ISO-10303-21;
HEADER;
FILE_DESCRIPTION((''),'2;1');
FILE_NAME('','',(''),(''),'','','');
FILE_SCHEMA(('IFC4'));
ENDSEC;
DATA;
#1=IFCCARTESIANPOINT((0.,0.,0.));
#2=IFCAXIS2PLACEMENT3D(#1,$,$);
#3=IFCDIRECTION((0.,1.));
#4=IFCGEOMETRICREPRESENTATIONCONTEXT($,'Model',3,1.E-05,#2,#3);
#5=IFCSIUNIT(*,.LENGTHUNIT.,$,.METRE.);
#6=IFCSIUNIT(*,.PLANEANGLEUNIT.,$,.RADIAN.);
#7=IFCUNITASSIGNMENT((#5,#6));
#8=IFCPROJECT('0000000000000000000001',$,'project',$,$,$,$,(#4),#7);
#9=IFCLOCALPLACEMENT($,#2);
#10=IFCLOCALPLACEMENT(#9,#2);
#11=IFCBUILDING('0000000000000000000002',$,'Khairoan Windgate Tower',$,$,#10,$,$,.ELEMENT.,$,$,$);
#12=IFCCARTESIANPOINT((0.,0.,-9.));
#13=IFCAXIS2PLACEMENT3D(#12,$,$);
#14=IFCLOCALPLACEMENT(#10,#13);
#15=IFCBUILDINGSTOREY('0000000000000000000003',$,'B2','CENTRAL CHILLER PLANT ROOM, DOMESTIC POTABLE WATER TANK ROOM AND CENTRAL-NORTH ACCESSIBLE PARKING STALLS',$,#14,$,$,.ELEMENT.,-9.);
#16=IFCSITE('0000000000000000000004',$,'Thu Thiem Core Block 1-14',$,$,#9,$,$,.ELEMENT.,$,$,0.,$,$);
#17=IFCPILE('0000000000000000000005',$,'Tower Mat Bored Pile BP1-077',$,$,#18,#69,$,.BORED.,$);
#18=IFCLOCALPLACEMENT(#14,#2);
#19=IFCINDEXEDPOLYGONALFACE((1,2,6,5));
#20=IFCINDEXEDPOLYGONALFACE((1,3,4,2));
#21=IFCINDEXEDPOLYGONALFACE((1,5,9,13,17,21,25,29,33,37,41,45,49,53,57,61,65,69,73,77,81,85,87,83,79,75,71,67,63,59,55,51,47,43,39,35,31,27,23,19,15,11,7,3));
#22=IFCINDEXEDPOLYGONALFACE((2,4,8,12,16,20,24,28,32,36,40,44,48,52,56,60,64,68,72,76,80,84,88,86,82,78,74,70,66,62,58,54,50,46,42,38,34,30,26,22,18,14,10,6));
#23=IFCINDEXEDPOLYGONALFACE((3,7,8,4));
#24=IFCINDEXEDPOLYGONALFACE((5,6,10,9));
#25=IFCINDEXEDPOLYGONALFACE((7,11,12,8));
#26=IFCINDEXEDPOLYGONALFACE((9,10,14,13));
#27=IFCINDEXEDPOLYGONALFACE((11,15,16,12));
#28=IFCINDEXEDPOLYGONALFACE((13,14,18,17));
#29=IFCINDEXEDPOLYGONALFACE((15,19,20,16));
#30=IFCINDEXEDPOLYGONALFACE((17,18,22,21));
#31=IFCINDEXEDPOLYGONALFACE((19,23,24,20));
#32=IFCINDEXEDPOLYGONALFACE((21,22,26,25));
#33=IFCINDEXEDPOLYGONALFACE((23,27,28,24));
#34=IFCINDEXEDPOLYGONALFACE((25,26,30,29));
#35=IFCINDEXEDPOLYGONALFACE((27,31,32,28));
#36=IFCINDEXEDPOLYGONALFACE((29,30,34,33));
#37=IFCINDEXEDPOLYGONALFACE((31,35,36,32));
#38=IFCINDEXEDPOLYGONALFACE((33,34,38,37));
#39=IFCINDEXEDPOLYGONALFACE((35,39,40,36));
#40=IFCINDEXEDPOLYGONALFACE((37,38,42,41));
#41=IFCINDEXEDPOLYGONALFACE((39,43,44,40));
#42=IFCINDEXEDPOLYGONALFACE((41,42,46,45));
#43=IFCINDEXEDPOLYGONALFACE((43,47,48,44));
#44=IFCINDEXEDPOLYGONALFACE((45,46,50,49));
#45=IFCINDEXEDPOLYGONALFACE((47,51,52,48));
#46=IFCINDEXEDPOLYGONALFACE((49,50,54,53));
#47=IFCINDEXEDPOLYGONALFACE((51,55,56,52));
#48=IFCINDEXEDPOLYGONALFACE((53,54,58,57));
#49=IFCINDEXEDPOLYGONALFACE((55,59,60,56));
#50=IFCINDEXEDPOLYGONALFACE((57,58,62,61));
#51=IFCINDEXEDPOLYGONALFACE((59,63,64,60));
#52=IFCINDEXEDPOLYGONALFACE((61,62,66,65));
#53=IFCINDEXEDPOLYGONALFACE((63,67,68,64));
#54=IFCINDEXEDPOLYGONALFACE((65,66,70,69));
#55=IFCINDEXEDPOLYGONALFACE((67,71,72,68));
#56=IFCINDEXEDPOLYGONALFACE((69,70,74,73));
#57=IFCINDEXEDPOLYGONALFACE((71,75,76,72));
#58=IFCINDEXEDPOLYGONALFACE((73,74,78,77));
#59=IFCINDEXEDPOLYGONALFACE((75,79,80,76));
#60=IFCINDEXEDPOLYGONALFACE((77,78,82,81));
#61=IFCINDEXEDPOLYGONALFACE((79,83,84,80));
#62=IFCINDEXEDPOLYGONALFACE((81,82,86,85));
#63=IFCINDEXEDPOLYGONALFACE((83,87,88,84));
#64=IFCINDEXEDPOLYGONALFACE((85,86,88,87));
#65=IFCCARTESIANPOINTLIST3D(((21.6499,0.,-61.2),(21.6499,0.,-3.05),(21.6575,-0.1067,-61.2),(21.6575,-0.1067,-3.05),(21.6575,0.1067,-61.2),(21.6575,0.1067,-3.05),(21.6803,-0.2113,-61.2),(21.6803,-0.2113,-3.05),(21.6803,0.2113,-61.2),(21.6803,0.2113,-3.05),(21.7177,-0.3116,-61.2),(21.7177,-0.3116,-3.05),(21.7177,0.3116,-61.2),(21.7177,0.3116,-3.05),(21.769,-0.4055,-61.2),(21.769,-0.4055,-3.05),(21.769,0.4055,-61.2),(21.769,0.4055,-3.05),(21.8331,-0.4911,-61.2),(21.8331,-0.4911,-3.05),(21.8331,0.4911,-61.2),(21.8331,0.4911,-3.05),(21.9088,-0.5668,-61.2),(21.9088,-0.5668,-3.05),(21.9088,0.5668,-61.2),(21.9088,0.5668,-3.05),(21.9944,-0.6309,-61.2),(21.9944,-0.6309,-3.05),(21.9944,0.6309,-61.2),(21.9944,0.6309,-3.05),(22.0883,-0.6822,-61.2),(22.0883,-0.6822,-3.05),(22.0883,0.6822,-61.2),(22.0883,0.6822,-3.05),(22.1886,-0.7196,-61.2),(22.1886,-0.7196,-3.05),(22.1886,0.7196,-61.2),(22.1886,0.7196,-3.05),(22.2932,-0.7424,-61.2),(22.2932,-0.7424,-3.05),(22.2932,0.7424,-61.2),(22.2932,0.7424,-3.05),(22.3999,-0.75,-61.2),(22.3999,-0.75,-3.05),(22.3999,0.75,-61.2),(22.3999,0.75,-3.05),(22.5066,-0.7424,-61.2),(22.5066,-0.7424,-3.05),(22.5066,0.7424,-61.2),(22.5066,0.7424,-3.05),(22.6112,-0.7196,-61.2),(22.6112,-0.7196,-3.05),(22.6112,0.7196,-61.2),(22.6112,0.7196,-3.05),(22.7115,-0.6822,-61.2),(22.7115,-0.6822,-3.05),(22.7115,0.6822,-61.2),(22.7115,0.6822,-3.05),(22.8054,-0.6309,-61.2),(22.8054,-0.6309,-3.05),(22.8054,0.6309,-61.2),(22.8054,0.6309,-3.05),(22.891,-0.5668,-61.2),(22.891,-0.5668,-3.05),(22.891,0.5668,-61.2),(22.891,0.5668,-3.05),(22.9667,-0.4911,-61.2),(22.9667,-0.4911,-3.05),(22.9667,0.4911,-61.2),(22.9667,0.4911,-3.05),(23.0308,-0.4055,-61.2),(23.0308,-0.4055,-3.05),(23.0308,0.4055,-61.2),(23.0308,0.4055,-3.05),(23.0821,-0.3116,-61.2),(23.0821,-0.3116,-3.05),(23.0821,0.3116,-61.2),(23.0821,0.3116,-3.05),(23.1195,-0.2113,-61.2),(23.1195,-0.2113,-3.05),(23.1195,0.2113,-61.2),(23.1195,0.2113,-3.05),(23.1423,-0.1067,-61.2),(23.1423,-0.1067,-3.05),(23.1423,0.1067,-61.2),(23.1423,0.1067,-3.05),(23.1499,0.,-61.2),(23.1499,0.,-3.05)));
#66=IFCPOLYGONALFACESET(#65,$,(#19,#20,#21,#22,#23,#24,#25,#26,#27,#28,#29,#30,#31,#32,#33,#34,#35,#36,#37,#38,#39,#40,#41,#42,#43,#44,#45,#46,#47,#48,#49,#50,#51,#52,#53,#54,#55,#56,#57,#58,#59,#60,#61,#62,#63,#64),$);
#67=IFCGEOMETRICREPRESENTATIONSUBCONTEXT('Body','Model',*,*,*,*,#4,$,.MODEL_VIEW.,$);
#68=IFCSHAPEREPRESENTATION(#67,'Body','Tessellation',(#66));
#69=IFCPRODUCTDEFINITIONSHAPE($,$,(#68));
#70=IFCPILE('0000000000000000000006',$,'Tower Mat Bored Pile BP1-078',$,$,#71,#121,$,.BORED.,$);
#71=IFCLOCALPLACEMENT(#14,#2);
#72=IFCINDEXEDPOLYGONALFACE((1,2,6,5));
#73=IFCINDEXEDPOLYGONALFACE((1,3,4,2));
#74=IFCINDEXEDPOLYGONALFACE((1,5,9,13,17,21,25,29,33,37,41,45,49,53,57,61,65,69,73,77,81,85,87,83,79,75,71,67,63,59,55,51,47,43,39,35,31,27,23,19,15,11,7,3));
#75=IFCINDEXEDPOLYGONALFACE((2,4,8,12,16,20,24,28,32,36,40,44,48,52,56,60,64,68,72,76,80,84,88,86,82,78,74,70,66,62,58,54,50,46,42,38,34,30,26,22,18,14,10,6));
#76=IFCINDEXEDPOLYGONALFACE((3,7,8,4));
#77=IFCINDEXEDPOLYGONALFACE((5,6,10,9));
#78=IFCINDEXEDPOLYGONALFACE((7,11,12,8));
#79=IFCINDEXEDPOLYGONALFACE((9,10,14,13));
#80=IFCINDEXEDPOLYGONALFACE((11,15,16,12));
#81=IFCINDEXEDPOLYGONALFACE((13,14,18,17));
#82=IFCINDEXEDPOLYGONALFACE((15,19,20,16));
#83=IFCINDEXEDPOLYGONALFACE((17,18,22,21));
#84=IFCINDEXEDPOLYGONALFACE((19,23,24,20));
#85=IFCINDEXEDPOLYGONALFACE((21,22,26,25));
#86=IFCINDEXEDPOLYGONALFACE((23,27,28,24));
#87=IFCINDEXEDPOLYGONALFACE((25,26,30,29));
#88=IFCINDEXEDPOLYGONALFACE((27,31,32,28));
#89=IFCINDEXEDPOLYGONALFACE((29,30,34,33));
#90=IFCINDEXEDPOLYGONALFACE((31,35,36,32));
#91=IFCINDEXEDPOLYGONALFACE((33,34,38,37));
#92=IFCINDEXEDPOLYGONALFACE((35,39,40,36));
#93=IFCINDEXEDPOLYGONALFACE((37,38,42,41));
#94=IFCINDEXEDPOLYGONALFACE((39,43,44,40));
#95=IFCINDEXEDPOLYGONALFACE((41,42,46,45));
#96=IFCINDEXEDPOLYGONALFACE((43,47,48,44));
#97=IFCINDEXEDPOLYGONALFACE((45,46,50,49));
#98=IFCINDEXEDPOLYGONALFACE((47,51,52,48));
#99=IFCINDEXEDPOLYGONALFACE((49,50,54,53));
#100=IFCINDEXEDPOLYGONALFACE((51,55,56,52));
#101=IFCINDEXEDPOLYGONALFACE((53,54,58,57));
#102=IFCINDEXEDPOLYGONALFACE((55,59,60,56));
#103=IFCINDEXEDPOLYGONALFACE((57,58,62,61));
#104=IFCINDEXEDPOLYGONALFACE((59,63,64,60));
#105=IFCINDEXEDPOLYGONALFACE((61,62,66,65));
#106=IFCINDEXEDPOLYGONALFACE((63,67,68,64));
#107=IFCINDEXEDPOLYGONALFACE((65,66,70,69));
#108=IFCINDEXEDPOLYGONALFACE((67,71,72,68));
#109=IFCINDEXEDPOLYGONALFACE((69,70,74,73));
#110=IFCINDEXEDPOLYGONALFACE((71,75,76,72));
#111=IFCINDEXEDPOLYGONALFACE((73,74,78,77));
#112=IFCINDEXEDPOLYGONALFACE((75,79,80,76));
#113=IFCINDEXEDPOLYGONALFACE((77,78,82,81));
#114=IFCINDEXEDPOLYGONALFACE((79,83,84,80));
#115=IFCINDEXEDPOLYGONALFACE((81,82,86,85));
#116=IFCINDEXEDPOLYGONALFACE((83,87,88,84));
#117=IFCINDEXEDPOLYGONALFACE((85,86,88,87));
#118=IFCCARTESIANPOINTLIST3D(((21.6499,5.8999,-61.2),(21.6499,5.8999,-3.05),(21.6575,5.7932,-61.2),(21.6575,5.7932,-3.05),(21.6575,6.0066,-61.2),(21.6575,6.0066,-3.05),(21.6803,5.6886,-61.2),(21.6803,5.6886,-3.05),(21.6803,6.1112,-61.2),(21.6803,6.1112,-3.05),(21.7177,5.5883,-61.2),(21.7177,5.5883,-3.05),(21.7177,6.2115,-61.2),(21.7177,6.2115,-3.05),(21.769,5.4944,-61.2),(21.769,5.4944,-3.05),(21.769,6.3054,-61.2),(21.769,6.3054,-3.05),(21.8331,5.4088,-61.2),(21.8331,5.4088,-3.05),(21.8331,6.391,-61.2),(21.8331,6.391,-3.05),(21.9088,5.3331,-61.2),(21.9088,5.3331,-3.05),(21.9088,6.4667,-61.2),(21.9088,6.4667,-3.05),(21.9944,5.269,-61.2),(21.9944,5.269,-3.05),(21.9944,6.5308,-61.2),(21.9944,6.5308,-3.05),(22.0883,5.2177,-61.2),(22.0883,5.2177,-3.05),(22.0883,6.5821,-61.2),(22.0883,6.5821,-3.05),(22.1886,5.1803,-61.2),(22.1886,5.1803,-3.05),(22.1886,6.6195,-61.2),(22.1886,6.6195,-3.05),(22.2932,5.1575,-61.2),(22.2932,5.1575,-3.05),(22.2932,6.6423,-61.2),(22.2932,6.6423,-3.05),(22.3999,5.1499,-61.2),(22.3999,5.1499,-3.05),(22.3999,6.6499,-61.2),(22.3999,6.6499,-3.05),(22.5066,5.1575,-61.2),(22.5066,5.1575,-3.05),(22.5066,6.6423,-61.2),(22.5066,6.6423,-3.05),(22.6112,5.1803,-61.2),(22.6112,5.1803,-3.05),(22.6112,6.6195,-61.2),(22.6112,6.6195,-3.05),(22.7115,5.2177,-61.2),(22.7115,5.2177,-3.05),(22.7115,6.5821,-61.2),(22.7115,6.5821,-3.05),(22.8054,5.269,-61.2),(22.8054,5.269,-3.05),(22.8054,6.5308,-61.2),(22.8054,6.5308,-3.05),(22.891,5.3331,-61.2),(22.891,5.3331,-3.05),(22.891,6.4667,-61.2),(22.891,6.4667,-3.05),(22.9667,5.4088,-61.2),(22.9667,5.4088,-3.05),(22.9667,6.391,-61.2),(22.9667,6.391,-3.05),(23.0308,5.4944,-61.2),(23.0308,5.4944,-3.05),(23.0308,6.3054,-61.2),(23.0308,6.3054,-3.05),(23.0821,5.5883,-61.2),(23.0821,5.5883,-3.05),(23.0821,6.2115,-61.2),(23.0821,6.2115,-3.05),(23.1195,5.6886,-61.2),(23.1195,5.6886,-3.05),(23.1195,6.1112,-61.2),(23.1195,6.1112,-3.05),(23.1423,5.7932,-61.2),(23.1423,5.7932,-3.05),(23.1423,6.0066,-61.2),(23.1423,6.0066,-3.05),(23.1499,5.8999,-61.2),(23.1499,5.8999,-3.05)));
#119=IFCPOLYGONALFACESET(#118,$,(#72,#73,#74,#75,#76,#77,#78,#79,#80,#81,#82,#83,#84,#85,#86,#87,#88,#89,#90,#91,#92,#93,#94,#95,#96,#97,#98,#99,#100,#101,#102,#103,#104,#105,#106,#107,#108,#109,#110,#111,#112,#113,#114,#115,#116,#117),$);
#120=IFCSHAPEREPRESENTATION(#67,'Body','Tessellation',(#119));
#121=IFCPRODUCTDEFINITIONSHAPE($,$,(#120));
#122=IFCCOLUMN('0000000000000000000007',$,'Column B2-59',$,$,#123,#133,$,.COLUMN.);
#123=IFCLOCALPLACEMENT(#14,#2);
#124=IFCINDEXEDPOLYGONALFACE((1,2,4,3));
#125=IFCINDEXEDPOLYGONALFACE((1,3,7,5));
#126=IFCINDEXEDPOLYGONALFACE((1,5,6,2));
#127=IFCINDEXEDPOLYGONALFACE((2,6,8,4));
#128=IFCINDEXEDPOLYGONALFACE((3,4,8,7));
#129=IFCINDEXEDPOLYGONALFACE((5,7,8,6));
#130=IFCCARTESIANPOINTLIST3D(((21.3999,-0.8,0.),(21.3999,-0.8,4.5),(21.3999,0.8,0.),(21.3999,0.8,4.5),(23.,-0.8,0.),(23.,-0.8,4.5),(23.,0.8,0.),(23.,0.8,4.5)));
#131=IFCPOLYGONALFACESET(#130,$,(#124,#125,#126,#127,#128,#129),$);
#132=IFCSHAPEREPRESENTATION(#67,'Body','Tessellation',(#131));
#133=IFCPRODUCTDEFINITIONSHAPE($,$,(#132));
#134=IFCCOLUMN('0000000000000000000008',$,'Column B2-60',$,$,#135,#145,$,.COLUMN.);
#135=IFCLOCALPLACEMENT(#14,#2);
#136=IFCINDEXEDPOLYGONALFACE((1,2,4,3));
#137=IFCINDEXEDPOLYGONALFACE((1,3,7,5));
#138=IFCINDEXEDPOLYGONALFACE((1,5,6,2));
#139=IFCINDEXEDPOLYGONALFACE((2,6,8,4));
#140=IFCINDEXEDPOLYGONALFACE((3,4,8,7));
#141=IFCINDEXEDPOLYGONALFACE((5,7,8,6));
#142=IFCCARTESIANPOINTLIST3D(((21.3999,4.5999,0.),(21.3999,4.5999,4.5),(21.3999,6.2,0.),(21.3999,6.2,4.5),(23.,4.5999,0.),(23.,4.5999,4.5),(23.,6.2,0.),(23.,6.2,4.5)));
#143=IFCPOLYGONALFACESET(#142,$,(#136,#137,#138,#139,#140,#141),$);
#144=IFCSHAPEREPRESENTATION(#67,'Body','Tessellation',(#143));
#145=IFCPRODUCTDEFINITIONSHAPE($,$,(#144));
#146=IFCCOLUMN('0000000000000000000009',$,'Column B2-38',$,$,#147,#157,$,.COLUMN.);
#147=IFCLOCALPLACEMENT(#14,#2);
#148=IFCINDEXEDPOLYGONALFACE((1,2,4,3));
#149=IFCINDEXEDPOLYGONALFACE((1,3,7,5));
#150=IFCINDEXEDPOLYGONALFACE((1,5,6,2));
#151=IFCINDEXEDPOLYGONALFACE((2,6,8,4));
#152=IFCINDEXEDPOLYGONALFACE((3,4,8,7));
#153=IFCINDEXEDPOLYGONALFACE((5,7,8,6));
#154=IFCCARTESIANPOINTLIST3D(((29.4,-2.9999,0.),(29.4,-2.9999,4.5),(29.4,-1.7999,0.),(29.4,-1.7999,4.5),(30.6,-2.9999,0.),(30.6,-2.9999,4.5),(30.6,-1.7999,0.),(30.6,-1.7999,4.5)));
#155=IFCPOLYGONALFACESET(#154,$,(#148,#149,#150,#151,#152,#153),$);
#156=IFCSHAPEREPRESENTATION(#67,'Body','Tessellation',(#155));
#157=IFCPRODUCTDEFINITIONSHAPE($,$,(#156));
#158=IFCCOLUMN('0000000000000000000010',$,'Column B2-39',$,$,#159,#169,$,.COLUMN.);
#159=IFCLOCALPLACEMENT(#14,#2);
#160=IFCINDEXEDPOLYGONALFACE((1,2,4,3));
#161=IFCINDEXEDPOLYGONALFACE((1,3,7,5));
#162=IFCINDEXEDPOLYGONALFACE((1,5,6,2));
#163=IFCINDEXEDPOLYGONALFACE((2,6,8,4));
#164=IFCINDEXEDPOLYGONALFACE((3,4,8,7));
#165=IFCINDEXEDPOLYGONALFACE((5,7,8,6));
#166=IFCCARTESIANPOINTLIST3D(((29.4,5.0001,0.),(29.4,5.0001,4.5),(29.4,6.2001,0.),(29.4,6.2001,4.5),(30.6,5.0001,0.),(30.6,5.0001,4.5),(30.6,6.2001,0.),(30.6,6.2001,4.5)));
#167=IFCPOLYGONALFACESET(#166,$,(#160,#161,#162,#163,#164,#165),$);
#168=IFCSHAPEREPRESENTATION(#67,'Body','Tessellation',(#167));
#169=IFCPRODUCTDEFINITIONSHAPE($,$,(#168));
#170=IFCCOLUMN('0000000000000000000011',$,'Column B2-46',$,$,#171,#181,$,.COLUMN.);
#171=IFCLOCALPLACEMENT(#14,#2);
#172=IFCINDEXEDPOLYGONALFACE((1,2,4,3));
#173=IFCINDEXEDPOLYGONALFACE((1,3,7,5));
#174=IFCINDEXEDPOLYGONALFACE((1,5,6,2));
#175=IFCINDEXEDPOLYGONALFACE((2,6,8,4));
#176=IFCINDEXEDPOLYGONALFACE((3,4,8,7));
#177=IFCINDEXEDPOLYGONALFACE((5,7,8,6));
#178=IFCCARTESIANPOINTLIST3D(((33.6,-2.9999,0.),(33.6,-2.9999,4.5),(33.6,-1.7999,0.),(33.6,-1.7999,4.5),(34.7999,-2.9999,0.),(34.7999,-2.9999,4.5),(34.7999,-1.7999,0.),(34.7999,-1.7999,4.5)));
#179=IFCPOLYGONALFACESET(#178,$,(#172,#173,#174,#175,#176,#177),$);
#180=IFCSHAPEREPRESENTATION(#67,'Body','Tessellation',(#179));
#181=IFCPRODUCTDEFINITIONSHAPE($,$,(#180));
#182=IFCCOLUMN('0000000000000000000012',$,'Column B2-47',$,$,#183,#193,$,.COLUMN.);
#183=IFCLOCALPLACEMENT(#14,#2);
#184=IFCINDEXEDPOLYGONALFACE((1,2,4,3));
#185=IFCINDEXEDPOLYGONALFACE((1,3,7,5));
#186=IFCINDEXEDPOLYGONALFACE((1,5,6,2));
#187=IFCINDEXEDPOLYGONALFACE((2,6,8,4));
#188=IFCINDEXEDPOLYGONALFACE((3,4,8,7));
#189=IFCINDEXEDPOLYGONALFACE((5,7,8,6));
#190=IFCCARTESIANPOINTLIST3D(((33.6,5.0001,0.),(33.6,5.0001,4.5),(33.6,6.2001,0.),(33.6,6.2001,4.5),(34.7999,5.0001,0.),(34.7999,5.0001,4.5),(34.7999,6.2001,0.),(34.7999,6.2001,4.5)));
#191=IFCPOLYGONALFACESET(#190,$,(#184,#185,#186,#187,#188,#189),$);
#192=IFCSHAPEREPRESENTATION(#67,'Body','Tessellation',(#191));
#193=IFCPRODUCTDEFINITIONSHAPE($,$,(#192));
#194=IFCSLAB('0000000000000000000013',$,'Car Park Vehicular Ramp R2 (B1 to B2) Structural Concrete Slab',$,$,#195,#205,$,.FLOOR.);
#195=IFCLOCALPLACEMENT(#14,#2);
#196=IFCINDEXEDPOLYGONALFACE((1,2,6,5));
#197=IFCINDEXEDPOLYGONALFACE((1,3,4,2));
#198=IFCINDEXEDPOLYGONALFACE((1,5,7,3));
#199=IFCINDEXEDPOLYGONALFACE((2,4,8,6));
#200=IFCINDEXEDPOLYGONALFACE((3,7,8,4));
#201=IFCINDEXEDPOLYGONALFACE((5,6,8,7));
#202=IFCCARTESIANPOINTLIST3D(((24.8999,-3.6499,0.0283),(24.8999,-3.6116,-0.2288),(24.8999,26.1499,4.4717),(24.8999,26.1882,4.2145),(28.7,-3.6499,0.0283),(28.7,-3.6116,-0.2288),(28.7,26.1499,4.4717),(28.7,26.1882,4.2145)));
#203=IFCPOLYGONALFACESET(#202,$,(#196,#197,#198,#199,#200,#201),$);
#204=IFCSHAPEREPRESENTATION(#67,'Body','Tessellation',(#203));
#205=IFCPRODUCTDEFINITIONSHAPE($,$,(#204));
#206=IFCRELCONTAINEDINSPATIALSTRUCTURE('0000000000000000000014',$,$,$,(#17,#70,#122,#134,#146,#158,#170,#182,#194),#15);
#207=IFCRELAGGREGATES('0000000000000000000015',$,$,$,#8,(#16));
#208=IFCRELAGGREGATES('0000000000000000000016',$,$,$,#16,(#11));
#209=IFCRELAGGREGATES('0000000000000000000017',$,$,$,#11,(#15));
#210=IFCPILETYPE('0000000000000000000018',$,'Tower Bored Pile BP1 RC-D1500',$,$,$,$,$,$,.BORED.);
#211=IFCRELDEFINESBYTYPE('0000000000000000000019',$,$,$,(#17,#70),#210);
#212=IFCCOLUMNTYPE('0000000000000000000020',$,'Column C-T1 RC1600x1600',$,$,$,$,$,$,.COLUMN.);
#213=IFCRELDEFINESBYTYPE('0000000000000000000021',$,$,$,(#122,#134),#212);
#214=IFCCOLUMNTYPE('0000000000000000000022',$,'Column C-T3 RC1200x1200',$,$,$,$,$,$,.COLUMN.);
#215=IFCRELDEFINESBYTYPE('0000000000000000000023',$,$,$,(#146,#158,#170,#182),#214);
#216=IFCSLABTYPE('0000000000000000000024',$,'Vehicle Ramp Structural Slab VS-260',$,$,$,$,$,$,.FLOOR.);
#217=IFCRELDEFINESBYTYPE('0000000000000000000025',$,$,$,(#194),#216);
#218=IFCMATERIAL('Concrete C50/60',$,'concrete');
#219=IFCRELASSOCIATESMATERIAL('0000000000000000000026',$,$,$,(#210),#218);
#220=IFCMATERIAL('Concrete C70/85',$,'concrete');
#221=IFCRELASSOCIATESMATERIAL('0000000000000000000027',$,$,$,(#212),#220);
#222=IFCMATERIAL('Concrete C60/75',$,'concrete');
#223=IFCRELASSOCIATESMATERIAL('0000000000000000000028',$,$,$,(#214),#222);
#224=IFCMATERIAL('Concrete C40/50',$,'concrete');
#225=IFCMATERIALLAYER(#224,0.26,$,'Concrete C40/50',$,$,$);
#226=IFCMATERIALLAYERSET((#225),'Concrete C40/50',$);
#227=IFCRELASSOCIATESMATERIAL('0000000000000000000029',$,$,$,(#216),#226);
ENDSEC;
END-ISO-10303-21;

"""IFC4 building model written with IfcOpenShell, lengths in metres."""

from ifc_helpers import new_model, si_unit, direction, frame, origin, origin_2d, place, context, subcontext, project, spatial, polyline, rectangle, circle, outline, extrude, material, layer, layer_set, material_profile, profile_set, type_object, element, save


model = new_model("IFC4")

# Units and contexts
model_context = context("Model", 3, precision=1e-05, world=origin(), true_north=direction((0.0, 1.0)))
body_context = subcontext(model_context, "Body", "Model", "MODEL_VIEW")
ifc_project = project(units=[si_unit("LENGTHUNIT", "METRE"), si_unit("PLANEANGLEUNIT", "RADIAN")], contexts=[model_context])

# Site, building, storey
site_placement = place(None, origin())
site = spatial("IfcSite", under=ifc_project, at=site_placement, Name="Thu Thiem Core Block 1-14", CompositionType="ELEMENT", RefElevation=0.0)
building_placement = place(site_placement, origin())
building = spatial("IfcBuilding", under=site, at=building_placement, Name="Khairoan Windgate Tower", CompositionType="ELEMENT")
storey_placement = place(building_placement, frame((0.0, 0.0, -9.0)))
storey = spatial("IfcBuildingStorey", under=building, at=storey_placement, Name="B2", Description="CENTRAL CHILLER PLANT ROOM, DOMESTIC POTABLE WATER TANK ROOM AND CENTRAL-NORTH ACCESSIBLE PARKING STALLS", CompositionType="ELEMENT", Elevation=-9.0)

# Piles
ifc_material_1 = material(Name="Concrete C50/60", Category="concrete")
ifc_material_profile_1 = material_profile(ifc_material_1, circle(Radius=0.75, at=origin_2d()))
ifc_profile_set_1 = profile_set([ifc_material_profile_1], Name="Concrete C50/60")
pile_type_1 = type_object("IfcPileType", Name="Tower Bored Pile BP1 RC-D1500", PredefinedType="BORED", material=ifc_profile_set_1)
for number, where, z_axis, x_axis, name in (
    (1, (22.3999, 0.0, -3.05), (0.0, 0.0, -1.0), (1.0, 0.0, 0.0), "Tower Mat Bored Pile BP1-077"),
    (2, (22.3999, 5.8999, -3.05), (0.0, 0.0, -1.0), (1.0, 0.0, 0.0), "Tower Mat Bored Pile BP1-078"),
):
    element("IfcPile", number, at=place(storey_placement, frame(where, z_axis=z_axis, x_axis=x_axis)), inside=storey, type_object=pile_type_1, Name=name, PredefinedType="BORED", context=body_context, shape_type="SweptSolid", body=[
        extrude(circle(Radius=0.75, at=origin_2d()), origin(), (0.0, 0.0, 1.0), 58.1499),
    ])

# Columns
ifc_material_2 = material(Name="Concrete C70/85", Category="concrete")
ifc_material_profile_2 = material_profile(ifc_material_2, rectangle(XDim=1.6001, YDim=1.6001, at=origin_2d()))
ifc_profile_set_2 = profile_set([ifc_material_profile_2], Name="Concrete C70/85")
column_type_1 = type_object("IfcColumnType", Name="Column C-T1 RC1600x1600", PredefinedType="COLUMN", material=ifc_profile_set_2)
for number, where, z_axis, x_axis, name in (
    (3, (22.2, 0.0, 0.0), (0.0, 0.0, 1.0), (1.0, 0.0, 0.0), "Column B2-59"),
    (4, (22.2, 5.3999, 0.0), (0.0, 0.0, 1.0), (1.0, 0.0, 0.0), "Column B2-60"),
):
    element("IfcColumn", number, at=place(storey_placement, frame(where, z_axis=z_axis, x_axis=x_axis)), inside=storey, type_object=column_type_1, Name=name, PredefinedType="COLUMN", context=body_context, shape_type="SweptSolid", body=[
        extrude(rectangle(XDim=1.6001, YDim=1.6001, at=origin_2d()), origin(), (0.0, 0.0, 1.0), 4.5),
    ])
ifc_material_3 = material(Name="Concrete C60/75", Category="concrete")
ifc_material_profile_3 = material_profile(ifc_material_3, rectangle(XDim=1.2, YDim=1.2, at=origin_2d()))
ifc_profile_set_3 = profile_set([ifc_material_profile_3], Name="Concrete C60/75")
column_type_2 = type_object("IfcColumnType", Name="Column C-T3 RC1200x1200", PredefinedType="COLUMN", material=ifc_profile_set_3)
for number, where, z_axis, x_axis, name in (
    (5, (30.0, -2.3999, 0.0), (0.0, 0.0, 1.0), (1.0, 0.0, 0.0), "Column B2-38"),
    (6, (30.0, 5.6001, 0.0), (0.0, 0.0, 1.0), (1.0, 0.0, 0.0), "Column B2-39"),
    (7, (34.2, -2.3999, 0.0), (0.0, 0.0, 1.0), (1.0, 0.0, 0.0), "Column B2-46"),
    (8, (34.2, 5.6001, 0.0), (0.0, 0.0, 1.0), (1.0, 0.0, 0.0), "Column B2-47"),
):
    element("IfcColumn", number, at=place(storey_placement, frame(where, z_axis=z_axis, x_axis=x_axis)), inside=storey, type_object=column_type_2, Name=name, PredefinedType="COLUMN", context=body_context, shape_type="SweptSolid", body=[
        extrude(rectangle(XDim=1.2, YDim=1.2, at=origin_2d()), origin(), (0.0, 0.0, 1.0), 4.5),
    ])

# Slab
ifc_material_4 = material(Name="Concrete C40/50", Category="concrete")
ifc_layer_1 = layer(ifc_material_4, 0.26, Name="Concrete C40/50")
ifc_layer_set_1 = layer_set([ifc_layer_1], Name="Concrete C40/50")
slab_type = type_object("IfcSlabType", Name="Vehicle Ramp Structural Slab VS-260", PredefinedType="FLOOR", material=ifc_layer_set_1)
slab_placement = place(storey_placement, frame((24.8999, -3.6499, 0.0283), z_axis=(0.0, -0.147477, 0.989066), x_axis=(1.0, 0.0, 0.0)))
element("IfcSlab", 9, at=slab_placement, inside=storey, type_object=slab_type, Name="Car Park Vehicular Ramp R2 (B1 to B2) Structural Concrete Slab", PredefinedType="FLOOR", context=body_context, shape_type="SweptSolid", body=[
    extrude(outline(polyline([(0.0, 0.0), (3.8, 0.0), (3.8, 30.1293), (0.0, 30.1293), (0.0, 0.0)])), origin(), (0.0, 0.0, -1.0), 0.26),
])

save(model, "model.ifc")
